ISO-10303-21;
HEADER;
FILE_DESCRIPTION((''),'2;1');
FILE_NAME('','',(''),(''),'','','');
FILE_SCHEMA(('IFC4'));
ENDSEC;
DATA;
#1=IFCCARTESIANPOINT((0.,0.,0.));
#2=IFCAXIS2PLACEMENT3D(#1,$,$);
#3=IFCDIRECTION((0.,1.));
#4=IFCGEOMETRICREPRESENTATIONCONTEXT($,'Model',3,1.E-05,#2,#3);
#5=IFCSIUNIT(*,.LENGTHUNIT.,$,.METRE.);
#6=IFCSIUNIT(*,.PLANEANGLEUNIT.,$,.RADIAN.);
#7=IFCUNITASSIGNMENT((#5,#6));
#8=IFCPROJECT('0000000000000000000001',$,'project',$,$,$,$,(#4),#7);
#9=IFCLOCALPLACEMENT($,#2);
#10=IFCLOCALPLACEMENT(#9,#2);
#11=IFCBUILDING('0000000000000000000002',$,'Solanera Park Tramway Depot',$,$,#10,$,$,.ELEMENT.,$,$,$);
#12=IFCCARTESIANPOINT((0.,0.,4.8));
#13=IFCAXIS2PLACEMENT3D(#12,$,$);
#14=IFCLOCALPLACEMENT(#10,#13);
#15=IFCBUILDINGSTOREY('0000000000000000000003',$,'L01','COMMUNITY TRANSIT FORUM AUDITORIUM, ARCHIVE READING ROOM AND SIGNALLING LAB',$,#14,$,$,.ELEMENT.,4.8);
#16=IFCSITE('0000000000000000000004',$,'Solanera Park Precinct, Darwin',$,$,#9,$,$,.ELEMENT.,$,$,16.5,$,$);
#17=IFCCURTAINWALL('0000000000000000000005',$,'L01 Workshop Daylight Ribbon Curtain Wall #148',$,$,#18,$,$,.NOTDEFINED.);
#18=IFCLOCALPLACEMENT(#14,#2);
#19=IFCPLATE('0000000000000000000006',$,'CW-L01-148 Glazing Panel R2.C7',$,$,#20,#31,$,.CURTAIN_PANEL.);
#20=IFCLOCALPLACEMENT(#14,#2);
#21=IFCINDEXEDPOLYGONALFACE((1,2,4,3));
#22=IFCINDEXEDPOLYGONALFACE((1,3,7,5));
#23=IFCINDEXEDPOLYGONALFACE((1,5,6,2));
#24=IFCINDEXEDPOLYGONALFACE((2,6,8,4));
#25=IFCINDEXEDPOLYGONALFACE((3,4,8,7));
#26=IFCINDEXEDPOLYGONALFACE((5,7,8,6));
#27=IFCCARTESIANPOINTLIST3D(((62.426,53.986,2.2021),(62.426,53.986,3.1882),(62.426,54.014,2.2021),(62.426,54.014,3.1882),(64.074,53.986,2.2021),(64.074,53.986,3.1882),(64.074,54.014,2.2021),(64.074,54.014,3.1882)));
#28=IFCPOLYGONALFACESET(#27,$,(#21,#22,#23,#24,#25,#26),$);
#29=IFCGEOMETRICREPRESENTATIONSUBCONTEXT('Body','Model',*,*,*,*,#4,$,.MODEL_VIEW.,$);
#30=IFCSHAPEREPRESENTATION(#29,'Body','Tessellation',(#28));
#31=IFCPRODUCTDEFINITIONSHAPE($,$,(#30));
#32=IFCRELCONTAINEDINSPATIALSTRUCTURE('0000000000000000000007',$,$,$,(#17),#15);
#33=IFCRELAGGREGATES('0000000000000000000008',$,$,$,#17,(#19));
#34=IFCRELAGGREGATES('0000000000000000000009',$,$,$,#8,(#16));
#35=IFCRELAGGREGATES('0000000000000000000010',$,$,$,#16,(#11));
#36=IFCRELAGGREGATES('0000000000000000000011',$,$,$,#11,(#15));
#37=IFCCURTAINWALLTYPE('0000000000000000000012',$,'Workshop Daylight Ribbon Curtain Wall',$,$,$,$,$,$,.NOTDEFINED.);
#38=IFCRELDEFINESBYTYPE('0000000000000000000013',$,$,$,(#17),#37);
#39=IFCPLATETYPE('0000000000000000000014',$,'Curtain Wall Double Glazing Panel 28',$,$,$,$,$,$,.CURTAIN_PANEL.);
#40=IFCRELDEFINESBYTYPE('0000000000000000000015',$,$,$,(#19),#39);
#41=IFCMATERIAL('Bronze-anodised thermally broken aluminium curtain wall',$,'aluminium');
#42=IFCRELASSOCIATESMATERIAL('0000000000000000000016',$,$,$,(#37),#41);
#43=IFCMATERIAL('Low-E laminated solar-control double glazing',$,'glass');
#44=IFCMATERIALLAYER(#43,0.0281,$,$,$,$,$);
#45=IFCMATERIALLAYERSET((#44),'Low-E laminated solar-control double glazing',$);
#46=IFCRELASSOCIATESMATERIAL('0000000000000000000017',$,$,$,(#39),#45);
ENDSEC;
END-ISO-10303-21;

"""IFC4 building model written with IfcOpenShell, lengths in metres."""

from ifc_helpers import new_model, si_unit, direction, frame, origin, origin_2d, place, context, subcontext, project, spatial, rectangle, extrude, material, layer, layer_set, type_object, element, aggregate, save


model = new_model("IFC4")

# Units and contexts
model_context = context("Model", 3, precision=1e-05, world=origin(), true_north=direction((0.0, 1.0)))
body_context = subcontext(model_context, "Body", "Model", "MODEL_VIEW")
ifc_project = project(units=[si_unit("LENGTHUNIT", "METRE"), si_unit("PLANEANGLEUNIT", "RADIAN")], contexts=[model_context])

# Site, building, storey
site_placement = place(None, origin())
site = spatial("IfcSite", under=ifc_project, at=site_placement, Name="Solanera Park Precinct, Darwin", CompositionType="ELEMENT", RefElevation=16.5)
building_placement = place(site_placement, origin())
building = spatial("IfcBuilding", under=site, at=building_placement, Name="Solanera Park Tramway Depot", CompositionType="ELEMENT")
storey_placement = place(building_placement, frame((0.0, 0.0, 4.8)))
storey = spatial("IfcBuildingStorey", under=building, at=storey_placement, Name="L01", Description="COMMUNITY TRANSIT FORUM AUDITORIUM, ARCHIVE READING ROOM AND SIGNALLING LAB", CompositionType="ELEMENT", Elevation=4.8)

# Curtain wall, plate
ifc_material_1 = material(Name="Bronze-anodised thermally broken aluminium curtain wall", Category="aluminium")
curtain_wall_type = type_object("IfcCurtainWallType", Name="Workshop Daylight Ribbon Curtain Wall", PredefinedType="NOTDEFINED", material=ifc_material_1)
curtain_wall_placement = place(storey_placement, origin())
curtain_wall = element("IfcCurtainWall", 1, at=curtain_wall_placement, inside=storey, type_object=curtain_wall_type, Name="L01 Workshop Daylight Ribbon Curtain Wall #148", PredefinedType="NOTDEFINED")
ifc_material_2 = material(Name="Low-E laminated solar-control double glazing", Category="glass")
ifc_layer = layer(ifc_material_2, 0.0281)
ifc_layer_set = layer_set([ifc_layer], Name="Low-E laminated solar-control double glazing")
plate_type = type_object("IfcPlateType", Name="Curtain Wall Double Glazing Panel 28", PredefinedType="CURTAIN_PANEL", material=ifc_layer_set)
plate_1_placement = place(storey_placement, frame((63.25, 54.0, 2.2021), z_axis=(0.0, 0.0, 1.0), x_axis=(-1.0, 0.0, 0.0)))
plate_1 = element("IfcPlate", 2, at=plate_1_placement, type_object=plate_type, Name="CW-L01-148 Glazing Panel R2.C7", PredefinedType="CURTAIN_PANEL", context=body_context, shape_type="SweptSolid", body=[
    extrude(rectangle(XDim=1.6479, YDim=0.0281, at=origin_2d()), origin(), (0.0, 0.0, 1.0), 0.9861),
])
aggregate(curtain_wall, [plate_1])

save(model, "model.ifc")
